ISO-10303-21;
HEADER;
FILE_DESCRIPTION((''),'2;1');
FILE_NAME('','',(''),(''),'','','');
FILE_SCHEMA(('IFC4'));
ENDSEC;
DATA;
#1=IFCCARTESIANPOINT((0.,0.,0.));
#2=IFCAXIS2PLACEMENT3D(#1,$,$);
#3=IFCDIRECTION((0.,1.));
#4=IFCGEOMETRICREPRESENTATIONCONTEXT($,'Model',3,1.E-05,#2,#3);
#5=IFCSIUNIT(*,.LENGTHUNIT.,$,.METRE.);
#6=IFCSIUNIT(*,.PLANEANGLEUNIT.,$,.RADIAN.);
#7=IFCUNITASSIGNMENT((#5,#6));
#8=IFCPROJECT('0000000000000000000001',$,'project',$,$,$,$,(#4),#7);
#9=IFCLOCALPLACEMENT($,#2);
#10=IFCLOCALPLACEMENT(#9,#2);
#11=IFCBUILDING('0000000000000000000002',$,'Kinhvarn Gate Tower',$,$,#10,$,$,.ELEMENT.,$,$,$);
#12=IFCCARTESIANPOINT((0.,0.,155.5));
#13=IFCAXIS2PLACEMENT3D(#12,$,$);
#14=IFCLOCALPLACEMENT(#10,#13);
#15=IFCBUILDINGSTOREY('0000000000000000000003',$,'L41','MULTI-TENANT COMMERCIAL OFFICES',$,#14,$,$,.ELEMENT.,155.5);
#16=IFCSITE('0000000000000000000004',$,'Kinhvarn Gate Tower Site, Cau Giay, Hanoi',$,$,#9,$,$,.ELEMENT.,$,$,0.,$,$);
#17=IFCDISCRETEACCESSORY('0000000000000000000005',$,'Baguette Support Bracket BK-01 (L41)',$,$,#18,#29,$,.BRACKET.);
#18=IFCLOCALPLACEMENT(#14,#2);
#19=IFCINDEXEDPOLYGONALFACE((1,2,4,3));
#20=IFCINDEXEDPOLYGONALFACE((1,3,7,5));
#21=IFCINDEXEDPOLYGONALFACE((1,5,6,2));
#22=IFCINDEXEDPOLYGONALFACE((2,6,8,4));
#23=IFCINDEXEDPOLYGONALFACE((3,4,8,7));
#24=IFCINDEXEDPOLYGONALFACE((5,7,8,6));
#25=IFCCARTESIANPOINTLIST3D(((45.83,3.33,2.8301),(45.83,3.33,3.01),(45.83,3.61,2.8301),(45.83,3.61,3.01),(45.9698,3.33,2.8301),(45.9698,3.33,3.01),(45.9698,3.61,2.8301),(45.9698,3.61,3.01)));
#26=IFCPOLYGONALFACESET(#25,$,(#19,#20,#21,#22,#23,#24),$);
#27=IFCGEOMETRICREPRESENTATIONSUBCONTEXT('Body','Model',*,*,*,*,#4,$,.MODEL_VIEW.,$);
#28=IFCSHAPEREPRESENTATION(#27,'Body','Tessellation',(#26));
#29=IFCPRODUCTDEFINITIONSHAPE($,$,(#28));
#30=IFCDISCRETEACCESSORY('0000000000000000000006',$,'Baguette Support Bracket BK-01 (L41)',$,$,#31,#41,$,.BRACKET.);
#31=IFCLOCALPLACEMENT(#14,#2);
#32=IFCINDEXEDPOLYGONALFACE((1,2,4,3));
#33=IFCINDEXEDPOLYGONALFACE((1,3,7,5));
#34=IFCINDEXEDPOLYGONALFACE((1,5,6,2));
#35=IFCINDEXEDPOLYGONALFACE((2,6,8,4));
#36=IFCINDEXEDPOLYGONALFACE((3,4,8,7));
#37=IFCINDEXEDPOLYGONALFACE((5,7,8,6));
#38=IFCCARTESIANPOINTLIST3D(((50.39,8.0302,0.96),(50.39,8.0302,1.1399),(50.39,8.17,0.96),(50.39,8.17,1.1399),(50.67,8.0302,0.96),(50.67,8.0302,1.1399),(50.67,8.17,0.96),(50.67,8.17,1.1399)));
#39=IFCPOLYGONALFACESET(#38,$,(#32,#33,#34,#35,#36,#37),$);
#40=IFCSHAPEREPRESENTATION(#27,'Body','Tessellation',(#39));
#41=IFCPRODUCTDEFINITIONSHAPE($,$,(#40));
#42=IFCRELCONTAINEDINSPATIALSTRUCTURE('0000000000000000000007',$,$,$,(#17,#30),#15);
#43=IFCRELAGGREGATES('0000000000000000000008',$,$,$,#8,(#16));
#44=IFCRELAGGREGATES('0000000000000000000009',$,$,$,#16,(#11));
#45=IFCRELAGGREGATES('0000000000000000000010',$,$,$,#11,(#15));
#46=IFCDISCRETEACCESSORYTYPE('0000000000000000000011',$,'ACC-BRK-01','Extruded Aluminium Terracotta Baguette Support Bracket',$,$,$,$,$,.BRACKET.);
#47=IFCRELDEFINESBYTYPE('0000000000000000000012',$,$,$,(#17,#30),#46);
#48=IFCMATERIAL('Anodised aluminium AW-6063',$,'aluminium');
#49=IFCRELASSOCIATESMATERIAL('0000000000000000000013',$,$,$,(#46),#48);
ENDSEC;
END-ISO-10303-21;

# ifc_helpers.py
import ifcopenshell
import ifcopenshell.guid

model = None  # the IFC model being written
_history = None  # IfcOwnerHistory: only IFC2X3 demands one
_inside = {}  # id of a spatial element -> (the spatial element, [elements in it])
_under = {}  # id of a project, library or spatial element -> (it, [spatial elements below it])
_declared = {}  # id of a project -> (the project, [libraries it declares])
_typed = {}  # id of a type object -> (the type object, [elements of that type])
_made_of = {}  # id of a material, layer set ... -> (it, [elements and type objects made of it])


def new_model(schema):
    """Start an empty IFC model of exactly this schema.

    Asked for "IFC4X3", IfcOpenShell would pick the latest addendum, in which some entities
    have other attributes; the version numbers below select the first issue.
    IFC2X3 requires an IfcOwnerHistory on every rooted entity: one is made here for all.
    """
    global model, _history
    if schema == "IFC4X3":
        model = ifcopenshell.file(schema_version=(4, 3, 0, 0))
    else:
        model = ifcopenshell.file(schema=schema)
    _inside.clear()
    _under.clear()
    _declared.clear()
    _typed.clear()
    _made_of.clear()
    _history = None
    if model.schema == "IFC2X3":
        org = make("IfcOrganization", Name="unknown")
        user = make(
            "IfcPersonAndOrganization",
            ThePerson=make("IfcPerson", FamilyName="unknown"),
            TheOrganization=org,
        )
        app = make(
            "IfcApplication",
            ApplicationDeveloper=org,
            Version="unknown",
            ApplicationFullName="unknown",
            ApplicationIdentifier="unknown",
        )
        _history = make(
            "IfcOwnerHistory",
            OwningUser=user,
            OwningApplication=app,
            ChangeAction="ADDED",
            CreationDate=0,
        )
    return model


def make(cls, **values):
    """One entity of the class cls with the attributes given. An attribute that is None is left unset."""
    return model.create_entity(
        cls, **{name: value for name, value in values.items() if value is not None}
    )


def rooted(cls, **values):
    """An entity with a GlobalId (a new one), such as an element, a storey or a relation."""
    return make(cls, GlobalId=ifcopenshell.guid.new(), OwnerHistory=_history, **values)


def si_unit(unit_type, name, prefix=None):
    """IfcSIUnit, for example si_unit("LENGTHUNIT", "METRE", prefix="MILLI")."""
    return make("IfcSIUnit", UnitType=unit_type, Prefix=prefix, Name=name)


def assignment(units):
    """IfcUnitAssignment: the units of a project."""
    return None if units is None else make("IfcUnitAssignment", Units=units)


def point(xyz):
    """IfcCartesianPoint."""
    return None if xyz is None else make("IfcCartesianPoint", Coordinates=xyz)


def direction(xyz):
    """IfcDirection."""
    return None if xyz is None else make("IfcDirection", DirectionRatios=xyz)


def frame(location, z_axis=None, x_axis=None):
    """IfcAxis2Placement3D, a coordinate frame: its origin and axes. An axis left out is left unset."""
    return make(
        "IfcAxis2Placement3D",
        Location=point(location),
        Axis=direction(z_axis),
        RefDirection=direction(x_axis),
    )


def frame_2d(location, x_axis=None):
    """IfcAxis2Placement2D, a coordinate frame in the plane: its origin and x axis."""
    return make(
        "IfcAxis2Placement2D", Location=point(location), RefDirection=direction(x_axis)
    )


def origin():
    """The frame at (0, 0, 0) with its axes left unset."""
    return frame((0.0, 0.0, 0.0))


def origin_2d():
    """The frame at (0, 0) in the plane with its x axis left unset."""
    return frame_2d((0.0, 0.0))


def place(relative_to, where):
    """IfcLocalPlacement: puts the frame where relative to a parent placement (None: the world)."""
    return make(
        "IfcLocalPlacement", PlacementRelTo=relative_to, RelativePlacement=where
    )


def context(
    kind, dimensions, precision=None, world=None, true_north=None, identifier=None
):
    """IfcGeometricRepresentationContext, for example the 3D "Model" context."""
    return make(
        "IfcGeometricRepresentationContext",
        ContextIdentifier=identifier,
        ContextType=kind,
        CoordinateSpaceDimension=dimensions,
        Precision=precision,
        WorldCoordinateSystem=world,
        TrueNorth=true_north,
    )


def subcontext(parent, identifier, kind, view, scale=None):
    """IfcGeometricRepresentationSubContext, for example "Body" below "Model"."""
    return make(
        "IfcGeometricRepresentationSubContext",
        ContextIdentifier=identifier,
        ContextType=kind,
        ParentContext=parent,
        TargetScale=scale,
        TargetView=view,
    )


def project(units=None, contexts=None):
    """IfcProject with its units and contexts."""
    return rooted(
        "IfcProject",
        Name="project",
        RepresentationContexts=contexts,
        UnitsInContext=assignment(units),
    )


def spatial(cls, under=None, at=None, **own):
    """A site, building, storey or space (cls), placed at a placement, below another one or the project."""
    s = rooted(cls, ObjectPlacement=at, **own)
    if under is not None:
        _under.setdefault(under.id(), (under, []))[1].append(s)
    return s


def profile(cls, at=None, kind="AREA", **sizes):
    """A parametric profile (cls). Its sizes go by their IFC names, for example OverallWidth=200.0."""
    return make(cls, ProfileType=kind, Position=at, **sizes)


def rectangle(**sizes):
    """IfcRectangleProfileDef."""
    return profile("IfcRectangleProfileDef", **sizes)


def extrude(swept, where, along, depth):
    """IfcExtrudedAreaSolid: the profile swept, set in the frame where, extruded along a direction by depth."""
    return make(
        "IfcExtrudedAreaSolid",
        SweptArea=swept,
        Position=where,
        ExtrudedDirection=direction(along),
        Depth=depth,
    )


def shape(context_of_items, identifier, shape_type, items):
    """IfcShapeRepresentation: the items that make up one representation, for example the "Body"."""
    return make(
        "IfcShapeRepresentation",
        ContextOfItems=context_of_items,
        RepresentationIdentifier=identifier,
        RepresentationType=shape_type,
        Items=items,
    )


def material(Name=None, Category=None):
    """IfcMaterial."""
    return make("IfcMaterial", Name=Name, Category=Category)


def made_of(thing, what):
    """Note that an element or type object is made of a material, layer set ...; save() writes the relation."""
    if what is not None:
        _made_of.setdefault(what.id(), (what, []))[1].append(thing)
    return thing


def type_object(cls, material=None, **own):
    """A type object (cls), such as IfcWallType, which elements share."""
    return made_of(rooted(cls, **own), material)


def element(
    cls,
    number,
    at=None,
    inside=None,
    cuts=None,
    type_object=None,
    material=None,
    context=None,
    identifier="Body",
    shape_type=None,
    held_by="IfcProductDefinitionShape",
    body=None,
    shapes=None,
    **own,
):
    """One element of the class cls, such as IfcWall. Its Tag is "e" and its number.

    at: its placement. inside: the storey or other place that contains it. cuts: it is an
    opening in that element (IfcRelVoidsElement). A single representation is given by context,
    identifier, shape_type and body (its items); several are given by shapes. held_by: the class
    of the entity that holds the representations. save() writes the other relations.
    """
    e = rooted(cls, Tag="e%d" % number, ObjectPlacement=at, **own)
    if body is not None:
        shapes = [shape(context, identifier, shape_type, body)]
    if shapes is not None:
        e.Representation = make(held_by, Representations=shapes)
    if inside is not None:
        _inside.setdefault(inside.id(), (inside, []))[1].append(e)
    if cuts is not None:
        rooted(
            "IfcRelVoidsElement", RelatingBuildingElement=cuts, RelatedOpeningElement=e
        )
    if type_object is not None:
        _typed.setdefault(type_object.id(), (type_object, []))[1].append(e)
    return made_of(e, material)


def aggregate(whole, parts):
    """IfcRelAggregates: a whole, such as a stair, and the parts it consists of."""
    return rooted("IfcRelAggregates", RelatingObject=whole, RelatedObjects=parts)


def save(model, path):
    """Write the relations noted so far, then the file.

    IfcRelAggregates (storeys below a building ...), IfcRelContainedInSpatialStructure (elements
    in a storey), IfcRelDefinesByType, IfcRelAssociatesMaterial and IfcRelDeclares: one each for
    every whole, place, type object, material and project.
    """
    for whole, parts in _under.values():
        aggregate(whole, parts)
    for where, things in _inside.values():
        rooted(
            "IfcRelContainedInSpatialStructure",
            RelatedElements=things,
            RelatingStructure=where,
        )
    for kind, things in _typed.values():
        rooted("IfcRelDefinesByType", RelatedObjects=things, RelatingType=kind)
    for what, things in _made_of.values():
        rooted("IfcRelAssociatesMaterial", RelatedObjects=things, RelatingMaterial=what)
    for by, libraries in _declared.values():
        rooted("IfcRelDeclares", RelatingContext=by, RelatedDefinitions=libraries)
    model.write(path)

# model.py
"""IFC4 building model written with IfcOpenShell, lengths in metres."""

from ifc_helpers import new_model, si_unit, direction, frame, origin, origin_2d, place, context, subcontext, project, spatial, rectangle, extrude, material, type_object, element, save


model = new_model("IFC4")

# Units and contexts
model_context = context("Model", 3, precision=1e-05, world=origin(), true_north=direction((0.0, 1.0)))
body_context = subcontext(model_context, "Body", "Model", "MODEL_VIEW")
ifc_project = project(units=[si_unit("LENGTHUNIT", "METRE"), si_unit("PLANEANGLEUNIT", "RADIAN")], contexts=[model_context])

# Site, building, storey
site_placement = place(None, origin())
site = spatial("IfcSite", under=ifc_project, at=site_placement, Name="Kinhvarn Gate Tower Site, Cau Giay, Hanoi", CompositionType="ELEMENT", RefElevation=0.0)
building_placement = place(site_placement, origin())
building = spatial("IfcBuilding", under=site, at=building_placement, Name="Kinhvarn Gate Tower", CompositionType="ELEMENT")
storey_placement = place(building_placement, frame((0.0, 0.0, 155.5)))
storey = spatial("IfcBuildingStorey", under=building, at=storey_placement, Name="L41", Description="MULTI-TENANT COMMERCIAL OFFICES", CompositionType="ELEMENT", Elevation=155.5)

# Shared definitions
ifc_material_1 = material(Name="Anodised aluminium AW-6063", Category="aluminium")

# Discrete accessories
discrete_accessory_type = type_object("IfcDiscreteAccessoryType", Name="ACC-BRK-01", Description="Extruded Aluminium Terracotta Baguette Support Bracket", PredefinedType="BRACKET", material=ifc_material_1)
for number, where, z_axis, x_axis, name in (
    (1, (45.8999, 3.47, 2.8301), (0.0, 0.0, 1.0), (1.0, 0.0, 0.0), "Baguette Support Bracket BK-01 (L41)"),
    (2, (50.53, 8.1001, 0.96), (0.0, 0.0, 1.0), (0.0, 1.0, 0.0), "Baguette Support Bracket BK-01 (L41)"),
):
    element("IfcDiscreteAccessory", number, at=place(storey_placement, frame(where, z_axis=z_axis, x_axis=x_axis)), inside=storey, type_object=discrete_accessory_type, Name=name, PredefinedType="BRACKET", context=body_context, shape_type="SweptSolid", body=[
        extrude(rectangle(XDim=0.1399, YDim=0.28, at=origin_2d()), origin(), (0.0, 0.0, 1.0), 0.1799),
    ])

save(model, "model.ifc")
